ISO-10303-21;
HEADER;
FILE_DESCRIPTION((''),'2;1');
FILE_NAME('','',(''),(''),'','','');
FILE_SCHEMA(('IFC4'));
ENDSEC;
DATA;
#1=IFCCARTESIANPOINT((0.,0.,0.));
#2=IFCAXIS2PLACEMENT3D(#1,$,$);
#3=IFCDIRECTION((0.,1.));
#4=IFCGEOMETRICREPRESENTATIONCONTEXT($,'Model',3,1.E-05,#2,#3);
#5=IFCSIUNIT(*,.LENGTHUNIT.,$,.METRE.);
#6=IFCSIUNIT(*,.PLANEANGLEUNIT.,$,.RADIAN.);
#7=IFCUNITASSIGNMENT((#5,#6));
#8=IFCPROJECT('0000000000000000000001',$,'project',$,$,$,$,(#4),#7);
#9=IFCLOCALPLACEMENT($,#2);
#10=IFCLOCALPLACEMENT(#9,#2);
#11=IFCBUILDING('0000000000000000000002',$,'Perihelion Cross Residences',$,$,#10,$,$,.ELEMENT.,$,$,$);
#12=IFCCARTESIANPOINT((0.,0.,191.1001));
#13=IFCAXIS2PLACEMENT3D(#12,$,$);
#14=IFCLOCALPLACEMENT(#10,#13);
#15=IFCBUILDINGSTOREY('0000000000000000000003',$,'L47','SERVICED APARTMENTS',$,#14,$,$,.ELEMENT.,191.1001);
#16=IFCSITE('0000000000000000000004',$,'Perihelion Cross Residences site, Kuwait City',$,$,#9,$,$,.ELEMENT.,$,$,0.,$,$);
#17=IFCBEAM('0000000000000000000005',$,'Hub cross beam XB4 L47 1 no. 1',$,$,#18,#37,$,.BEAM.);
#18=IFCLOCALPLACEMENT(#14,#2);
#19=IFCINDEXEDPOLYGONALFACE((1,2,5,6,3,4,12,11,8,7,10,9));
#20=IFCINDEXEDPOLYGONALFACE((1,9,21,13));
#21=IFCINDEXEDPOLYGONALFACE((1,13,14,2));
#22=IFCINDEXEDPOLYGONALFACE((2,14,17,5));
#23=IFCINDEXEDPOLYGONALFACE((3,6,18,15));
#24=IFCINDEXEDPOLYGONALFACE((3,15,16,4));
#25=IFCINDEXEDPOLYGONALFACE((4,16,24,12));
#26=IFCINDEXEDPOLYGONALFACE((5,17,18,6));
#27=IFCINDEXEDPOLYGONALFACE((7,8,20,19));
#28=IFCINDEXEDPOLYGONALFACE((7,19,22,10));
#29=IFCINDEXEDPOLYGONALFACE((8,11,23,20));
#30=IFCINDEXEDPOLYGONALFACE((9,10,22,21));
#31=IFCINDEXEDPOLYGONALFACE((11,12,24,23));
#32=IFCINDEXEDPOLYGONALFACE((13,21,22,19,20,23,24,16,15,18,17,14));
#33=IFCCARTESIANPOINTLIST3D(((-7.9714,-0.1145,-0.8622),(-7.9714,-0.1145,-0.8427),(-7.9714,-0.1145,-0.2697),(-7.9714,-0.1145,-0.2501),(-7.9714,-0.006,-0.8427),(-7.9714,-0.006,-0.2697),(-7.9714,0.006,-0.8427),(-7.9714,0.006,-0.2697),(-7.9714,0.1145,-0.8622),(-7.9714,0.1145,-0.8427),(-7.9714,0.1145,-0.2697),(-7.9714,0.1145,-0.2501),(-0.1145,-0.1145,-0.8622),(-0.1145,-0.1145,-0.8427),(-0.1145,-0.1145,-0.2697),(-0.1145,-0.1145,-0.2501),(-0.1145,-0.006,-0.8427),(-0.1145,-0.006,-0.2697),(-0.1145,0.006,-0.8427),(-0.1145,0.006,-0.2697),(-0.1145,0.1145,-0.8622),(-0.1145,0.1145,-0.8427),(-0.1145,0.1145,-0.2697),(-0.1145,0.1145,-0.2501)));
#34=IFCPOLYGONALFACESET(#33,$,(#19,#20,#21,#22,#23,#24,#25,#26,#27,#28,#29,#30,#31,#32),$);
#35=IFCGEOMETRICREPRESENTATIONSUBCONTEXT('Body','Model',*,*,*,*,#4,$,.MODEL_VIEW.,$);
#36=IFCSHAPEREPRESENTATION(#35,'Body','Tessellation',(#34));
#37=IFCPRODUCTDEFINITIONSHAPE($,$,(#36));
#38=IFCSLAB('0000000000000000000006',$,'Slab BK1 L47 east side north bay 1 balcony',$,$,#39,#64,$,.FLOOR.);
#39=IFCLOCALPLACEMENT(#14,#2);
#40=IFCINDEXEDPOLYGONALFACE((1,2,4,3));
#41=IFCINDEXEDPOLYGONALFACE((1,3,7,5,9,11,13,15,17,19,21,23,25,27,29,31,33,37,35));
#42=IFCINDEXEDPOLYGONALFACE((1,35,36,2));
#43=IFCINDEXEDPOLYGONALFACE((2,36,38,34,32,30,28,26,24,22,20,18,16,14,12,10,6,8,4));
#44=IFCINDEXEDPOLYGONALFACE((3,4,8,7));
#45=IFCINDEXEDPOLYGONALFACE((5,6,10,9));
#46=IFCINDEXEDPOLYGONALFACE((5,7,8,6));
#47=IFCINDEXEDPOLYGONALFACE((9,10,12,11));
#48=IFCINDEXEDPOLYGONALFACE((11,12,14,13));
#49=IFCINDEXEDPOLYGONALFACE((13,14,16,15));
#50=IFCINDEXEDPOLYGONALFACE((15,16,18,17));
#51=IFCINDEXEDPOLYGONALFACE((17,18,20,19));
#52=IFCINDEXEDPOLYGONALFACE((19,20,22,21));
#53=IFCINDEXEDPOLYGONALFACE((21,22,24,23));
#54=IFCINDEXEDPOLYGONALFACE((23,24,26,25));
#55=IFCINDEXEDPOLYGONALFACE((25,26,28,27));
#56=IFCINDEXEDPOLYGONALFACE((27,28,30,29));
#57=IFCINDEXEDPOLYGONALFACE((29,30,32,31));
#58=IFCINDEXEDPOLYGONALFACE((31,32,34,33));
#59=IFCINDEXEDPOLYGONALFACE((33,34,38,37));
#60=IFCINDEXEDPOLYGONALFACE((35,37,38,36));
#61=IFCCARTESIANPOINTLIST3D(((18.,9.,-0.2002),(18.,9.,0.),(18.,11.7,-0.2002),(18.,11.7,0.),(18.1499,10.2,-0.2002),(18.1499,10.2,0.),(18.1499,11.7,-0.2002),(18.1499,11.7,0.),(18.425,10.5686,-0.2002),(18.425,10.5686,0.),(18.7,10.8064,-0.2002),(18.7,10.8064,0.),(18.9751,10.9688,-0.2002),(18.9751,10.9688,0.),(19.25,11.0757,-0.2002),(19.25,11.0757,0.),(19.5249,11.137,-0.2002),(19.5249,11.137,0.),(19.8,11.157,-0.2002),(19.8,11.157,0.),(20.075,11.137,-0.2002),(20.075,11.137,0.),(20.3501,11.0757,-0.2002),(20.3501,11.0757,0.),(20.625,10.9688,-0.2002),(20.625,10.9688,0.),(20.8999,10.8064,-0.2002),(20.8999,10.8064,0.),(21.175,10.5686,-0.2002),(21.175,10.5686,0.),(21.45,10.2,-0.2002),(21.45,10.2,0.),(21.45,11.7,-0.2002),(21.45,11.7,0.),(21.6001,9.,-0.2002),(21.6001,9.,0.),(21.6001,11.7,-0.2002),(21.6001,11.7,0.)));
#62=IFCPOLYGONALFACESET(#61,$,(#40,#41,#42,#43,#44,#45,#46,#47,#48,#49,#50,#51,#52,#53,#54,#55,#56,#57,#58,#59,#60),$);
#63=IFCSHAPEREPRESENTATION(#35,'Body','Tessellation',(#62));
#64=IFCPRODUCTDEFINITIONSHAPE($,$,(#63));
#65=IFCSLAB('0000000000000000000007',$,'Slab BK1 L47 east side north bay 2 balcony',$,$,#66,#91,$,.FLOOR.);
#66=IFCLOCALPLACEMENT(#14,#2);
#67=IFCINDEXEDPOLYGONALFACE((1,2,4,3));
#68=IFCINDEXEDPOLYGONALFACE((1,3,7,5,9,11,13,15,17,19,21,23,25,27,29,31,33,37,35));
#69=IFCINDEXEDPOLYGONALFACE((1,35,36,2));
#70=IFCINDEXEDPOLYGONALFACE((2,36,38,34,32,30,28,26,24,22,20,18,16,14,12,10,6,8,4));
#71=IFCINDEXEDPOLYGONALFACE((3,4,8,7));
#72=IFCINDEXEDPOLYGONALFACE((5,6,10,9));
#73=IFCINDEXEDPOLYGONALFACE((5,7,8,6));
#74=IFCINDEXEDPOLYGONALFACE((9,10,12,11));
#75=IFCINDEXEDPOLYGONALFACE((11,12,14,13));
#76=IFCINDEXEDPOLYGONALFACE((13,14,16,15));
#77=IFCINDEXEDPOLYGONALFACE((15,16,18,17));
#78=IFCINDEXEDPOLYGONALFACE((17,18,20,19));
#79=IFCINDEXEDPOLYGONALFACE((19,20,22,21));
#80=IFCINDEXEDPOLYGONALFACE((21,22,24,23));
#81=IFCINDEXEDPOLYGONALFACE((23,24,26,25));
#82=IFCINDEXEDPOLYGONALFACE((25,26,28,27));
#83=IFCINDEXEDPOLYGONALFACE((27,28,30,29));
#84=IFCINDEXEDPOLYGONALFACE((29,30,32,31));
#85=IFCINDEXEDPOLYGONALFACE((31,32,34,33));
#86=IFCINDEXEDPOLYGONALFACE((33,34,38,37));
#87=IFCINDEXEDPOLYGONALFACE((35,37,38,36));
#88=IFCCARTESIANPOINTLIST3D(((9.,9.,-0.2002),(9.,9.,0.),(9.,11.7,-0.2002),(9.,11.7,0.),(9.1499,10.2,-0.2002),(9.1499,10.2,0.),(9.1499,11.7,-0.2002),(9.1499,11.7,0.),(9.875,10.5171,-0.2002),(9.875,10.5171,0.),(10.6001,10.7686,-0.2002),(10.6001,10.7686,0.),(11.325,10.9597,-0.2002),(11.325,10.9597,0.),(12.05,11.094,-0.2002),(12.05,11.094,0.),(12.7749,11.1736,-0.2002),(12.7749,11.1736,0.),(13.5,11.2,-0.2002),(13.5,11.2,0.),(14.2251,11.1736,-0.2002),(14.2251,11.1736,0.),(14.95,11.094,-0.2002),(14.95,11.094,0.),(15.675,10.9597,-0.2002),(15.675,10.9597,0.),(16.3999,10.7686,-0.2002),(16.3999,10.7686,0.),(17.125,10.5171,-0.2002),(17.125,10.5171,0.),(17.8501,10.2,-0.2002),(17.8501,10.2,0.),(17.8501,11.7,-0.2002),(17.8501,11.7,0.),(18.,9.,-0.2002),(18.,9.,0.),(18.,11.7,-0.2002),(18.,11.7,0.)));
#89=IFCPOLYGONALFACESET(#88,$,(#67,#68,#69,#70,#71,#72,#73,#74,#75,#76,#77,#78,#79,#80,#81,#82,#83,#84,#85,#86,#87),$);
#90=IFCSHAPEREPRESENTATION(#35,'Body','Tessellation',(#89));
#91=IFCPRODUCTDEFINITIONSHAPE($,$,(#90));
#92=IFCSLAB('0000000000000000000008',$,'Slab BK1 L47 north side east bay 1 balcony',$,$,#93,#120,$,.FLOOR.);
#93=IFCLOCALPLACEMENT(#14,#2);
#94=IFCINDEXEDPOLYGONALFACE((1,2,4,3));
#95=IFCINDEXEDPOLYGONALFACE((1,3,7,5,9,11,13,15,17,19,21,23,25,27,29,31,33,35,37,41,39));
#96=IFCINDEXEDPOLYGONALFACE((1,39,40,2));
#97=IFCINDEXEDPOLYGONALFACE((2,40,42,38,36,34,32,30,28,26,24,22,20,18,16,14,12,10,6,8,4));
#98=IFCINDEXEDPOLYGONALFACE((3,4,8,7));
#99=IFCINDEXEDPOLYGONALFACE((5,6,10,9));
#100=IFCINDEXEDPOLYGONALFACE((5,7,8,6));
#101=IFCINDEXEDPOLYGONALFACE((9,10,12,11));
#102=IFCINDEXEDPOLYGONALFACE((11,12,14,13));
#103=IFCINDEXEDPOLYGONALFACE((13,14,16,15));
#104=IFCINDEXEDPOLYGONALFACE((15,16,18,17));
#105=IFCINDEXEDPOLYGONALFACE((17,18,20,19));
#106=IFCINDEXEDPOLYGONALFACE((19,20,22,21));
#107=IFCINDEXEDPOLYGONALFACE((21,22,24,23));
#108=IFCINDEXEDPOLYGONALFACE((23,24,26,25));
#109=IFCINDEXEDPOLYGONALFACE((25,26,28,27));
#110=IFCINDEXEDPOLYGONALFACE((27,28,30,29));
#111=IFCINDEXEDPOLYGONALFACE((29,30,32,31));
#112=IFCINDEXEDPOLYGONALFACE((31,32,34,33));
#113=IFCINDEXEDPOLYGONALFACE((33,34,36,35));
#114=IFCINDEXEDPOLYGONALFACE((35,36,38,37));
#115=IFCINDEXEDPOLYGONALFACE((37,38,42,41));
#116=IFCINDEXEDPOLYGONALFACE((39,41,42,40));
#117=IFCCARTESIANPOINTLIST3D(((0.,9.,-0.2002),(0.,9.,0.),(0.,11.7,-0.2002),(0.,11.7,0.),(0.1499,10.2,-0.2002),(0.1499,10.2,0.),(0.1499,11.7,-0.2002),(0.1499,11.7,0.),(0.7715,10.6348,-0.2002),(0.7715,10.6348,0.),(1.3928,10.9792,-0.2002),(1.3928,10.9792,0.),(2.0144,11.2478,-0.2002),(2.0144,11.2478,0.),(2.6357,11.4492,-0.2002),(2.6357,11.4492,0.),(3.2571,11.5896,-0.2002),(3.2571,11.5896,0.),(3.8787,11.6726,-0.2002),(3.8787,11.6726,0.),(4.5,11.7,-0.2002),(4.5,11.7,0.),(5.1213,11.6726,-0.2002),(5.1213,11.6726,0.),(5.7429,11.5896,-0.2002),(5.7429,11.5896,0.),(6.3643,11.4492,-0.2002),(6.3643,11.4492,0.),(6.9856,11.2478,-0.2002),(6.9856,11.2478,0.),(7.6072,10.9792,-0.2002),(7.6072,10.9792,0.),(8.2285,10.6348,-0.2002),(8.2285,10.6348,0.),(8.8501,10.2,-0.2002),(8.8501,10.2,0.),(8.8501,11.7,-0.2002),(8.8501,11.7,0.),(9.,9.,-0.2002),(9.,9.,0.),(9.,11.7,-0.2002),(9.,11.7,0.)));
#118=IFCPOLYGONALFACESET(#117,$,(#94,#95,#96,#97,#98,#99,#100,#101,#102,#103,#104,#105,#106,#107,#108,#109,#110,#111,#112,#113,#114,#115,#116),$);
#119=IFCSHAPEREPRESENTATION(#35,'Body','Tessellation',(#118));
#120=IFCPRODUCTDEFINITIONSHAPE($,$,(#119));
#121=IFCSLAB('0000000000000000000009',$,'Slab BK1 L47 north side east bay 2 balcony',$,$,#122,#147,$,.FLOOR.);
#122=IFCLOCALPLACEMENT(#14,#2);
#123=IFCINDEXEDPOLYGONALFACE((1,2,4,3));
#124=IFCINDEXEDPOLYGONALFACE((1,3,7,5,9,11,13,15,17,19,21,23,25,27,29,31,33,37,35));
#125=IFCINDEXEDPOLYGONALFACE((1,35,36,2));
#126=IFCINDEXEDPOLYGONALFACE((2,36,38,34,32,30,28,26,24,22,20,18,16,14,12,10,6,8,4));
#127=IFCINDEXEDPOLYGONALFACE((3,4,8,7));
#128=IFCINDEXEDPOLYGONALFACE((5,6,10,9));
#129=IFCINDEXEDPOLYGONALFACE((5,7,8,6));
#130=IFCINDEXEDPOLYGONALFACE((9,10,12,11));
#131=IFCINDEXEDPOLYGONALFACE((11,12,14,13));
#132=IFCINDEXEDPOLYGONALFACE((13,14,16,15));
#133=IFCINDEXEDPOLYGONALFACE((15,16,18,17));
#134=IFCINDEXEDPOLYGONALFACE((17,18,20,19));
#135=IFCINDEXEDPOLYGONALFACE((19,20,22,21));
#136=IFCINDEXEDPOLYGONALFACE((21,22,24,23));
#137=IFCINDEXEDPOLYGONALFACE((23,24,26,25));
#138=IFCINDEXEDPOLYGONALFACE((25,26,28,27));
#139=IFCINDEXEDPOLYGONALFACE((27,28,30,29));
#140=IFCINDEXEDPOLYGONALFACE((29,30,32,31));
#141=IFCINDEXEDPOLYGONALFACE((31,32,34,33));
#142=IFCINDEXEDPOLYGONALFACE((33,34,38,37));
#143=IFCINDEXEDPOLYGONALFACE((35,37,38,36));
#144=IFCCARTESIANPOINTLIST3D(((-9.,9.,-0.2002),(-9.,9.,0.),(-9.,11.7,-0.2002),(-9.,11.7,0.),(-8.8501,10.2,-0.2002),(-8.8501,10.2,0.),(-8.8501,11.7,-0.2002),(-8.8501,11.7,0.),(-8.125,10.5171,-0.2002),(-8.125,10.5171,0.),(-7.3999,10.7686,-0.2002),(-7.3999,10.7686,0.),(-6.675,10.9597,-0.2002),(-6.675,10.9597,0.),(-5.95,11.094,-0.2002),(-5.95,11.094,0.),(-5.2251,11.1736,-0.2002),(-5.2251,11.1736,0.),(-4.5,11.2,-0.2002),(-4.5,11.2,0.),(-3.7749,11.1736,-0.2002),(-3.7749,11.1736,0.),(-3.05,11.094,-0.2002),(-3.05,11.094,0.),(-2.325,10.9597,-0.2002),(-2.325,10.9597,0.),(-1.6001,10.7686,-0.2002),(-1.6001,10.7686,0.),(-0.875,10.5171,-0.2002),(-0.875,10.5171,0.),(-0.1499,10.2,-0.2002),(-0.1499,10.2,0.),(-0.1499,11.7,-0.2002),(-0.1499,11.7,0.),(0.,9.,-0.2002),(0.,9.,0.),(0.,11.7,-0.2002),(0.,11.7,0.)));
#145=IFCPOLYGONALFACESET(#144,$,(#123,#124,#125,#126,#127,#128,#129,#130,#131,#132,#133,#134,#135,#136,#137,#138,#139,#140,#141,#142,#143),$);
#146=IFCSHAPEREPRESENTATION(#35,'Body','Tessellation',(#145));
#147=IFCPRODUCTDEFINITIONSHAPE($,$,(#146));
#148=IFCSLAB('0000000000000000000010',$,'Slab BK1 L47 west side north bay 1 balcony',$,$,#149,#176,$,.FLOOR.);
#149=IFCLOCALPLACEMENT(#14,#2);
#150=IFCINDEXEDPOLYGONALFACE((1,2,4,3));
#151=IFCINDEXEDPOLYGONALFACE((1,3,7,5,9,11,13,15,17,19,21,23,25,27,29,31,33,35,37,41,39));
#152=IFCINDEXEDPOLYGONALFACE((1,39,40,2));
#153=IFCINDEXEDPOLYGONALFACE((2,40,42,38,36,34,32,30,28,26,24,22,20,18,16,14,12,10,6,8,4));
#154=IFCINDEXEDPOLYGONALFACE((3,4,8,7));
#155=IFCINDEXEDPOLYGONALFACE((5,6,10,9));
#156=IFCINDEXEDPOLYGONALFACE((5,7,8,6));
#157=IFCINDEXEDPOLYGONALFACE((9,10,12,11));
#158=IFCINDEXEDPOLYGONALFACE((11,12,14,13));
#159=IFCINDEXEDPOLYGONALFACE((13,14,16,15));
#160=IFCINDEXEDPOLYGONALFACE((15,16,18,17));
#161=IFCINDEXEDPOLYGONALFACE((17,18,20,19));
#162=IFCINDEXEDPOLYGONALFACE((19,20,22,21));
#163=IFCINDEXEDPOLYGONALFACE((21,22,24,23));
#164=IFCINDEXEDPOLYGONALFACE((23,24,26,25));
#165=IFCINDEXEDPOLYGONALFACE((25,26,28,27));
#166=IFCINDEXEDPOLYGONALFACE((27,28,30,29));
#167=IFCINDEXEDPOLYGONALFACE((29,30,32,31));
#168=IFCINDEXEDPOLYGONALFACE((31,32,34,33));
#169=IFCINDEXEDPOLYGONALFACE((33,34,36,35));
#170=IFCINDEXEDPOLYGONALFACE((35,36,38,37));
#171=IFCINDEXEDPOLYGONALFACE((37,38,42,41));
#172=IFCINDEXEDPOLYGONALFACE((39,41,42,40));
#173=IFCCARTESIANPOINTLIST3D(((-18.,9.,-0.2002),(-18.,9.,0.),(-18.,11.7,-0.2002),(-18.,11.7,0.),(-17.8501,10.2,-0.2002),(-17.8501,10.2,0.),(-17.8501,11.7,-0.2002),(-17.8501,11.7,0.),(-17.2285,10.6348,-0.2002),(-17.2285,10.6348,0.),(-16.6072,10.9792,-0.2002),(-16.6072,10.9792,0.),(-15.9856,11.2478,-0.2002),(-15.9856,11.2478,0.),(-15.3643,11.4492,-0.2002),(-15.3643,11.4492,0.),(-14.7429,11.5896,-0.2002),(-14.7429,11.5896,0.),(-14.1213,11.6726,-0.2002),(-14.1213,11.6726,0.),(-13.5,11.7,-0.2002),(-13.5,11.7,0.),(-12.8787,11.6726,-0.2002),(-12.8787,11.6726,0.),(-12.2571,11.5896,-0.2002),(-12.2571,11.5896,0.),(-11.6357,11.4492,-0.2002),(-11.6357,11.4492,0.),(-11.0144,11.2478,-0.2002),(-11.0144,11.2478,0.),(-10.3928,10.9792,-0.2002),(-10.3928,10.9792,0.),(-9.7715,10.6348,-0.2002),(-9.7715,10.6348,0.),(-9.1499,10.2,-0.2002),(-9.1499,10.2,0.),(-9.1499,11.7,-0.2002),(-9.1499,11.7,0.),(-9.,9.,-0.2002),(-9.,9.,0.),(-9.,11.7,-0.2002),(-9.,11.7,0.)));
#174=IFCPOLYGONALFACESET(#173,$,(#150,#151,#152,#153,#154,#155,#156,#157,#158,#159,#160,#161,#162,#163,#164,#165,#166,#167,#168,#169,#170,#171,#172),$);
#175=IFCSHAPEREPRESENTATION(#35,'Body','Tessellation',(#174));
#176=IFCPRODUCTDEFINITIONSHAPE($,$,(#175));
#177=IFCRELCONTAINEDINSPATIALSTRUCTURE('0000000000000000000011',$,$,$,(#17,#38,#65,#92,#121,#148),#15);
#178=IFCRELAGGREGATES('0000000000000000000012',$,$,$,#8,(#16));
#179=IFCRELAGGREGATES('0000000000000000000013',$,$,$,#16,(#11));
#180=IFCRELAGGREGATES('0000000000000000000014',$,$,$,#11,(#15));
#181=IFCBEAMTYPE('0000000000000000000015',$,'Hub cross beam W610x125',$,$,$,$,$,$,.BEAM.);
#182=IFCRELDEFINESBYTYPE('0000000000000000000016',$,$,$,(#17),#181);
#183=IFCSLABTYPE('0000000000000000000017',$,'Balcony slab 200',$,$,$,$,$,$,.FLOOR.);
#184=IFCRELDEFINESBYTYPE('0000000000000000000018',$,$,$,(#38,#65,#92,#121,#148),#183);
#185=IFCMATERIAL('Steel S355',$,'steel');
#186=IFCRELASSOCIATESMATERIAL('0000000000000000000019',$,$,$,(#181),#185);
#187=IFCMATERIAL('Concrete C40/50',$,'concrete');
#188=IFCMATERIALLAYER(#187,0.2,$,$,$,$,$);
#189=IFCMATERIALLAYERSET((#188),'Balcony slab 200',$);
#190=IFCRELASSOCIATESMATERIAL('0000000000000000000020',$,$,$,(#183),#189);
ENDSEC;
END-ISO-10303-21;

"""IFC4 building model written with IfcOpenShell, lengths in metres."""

from ifc_helpers import new_model, si_unit, direction, frame, origin, origin_2d, place, context, subcontext, project, spatial, polyline, i_section, outline, extrude, material, layer, layer_set, material_profile, profile_set, type_object, element, save


model = new_model("IFC4")

# Units and contexts
model_context = context("Model", 3, precision=1e-05, world=origin(), true_north=direction((0.0, 1.0)))
body_context = subcontext(model_context, "Body", "Model", "MODEL_VIEW")
ifc_project = project(units=[si_unit("LENGTHUNIT", "METRE"), si_unit("PLANEANGLEUNIT", "RADIAN")], contexts=[model_context])

# Site, building, storey
site_placement = place(None, origin())
site = spatial("IfcSite", under=ifc_project, at=site_placement, Name="Perihelion Cross Residences site, Kuwait City", CompositionType="ELEMENT", RefElevation=0.0)
building_placement = place(site_placement, origin())
building = spatial("IfcBuilding", under=site, at=building_placement, Name="Perihelion Cross Residences", CompositionType="ELEMENT")
storey_placement = place(building_placement, frame((0.0, 0.0, 191.1001)))
storey = spatial("IfcBuildingStorey", under=building, at=storey_placement, Name="L47", Description="SERVICED APARTMENTS", CompositionType="ELEMENT", Elevation=191.1001)

# Beam
ifc_material_1 = material(Name="Steel S355", Category="steel")
ifc_material_profile = material_profile(ifc_material_1, i_section(OverallWidth=0.229, OverallDepth=0.6121, WebThickness=0.012, FlangeThickness=0.0195, at=origin_2d()), Name="W610x125")
ifc_profile_set = profile_set([ifc_material_profile], Name="Steel S355")
beam_type = type_object("IfcBeamType", Name="Hub cross beam W610x125", PredefinedType="BEAM", material=ifc_profile_set)
beam_placement = place(storey_placement, frame((-7.9714, 0.0, -0.5562), z_axis=(1.0, 0.0, 0.0), x_axis=(0.0, 1.0, 0.0)))
element("IfcBeam", 1, at=beam_placement, inside=storey, type_object=beam_type, Name="Hub cross beam XB4 L47 1 no. 1", PredefinedType="BEAM", context=body_context, shape_type="SweptSolid", body=[
    extrude(i_section(OverallWidth=0.229, OverallDepth=0.6121, WebThickness=0.012, FlangeThickness=0.0195, at=origin_2d()), origin(), (0.0, 0.0, 1.0), 7.8569),
])

# Slabs
ifc_material_2 = material(Name="Concrete C40/50", Category="concrete")
ifc_layer_1 = layer(ifc_material_2, 0.2)
ifc_layer_set_1 = layer_set([ifc_layer_1], Name="Balcony slab 200")
slab_type_1 = type_object("IfcSlabType", Name="Balcony slab 200", PredefinedType="FLOOR", material=ifc_layer_set_1)
slab_1_placement = place(storey_placement, frame((0.0, 0.0, -0.2002)))
element("IfcSlab", 2, at=slab_1_placement, inside=storey, type_object=slab_type_1, Name="Slab BK1 L47 east side north bay 1 balcony", PredefinedType="FLOOR", context=body_context, shape_type="SweptSolid", body=[
    extrude(outline(polyline([(21.6001, 9.0), (18.0, 9.0), (18.0, 11.7), (18.1499, 11.7), (18.1499, 10.2), (18.425, 10.5686), (18.7, 10.8064), (18.9751, 10.9688), (19.25, 11.0757), (19.5249, 11.137), (19.8, 11.157), (20.075, 11.137), (20.3501, 11.0757), (20.625, 10.9688), (20.8999, 10.8064), (21.175, 10.5686), (21.45, 10.2), (21.45, 11.7), (21.6001, 11.7), (21.6001, 9.0)])), origin(), (0.0, 0.0, 1.0), 0.2002),
])
slab_2_placement = place(storey_placement, frame((0.0, 0.0, -0.2002)))
element("IfcSlab", 3, at=slab_2_placement, inside=storey, type_object=slab_type_1, Name="Slab BK1 L47 east side north bay 2 balcony", PredefinedType="FLOOR", context=body_context, shape_type="SweptSolid", body=[
    extrude(outline(polyline([(18.0, 9.0), (9.0, 9.0), (9.0, 11.7), (9.1499, 11.7), (9.1499, 10.2), (9.875, 10.5171), (10.6001, 10.7686), (11.325, 10.9597), (12.05, 11.094), (12.7749, 11.1736), (13.5, 11.2), (14.2251, 11.1736), (14.95, 11.094), (15.675, 10.9597), (16.3999, 10.7686), (17.125, 10.5171), (17.8501, 10.2), (17.8501, 11.7), (18.0, 11.7), (18.0, 9.0)])), origin(), (0.0, 0.0, 1.0), 0.2002),
])
slab_3_placement = place(storey_placement, frame((0.0, 0.0, -0.2002)))
element("IfcSlab", 4, at=slab_3_placement, inside=storey, type_object=slab_type_1, Name="Slab BK1 L47 north side east bay 1 balcony", PredefinedType="FLOOR", context=body_context, shape_type="SweptSolid", body=[
    extrude(outline(polyline([(9.0, 9.0), (0.0, 9.0), (0.0, 11.7), (0.1499, 11.7), (0.1499, 10.2), (0.7715, 10.6348), (1.3928, 10.9792), (2.0144, 11.2478), (2.6357, 11.4492), (3.2571, 11.5896), (3.8787, 11.6726), (4.5, 11.7), (5.1213, 11.6726), (5.7429, 11.5896), (6.3643, 11.4492), (6.9856, 11.2478), (7.6072, 10.9792), (8.2285, 10.6348), (8.8501, 10.2), (8.8501, 11.7), (9.0, 11.7), (9.0, 9.0)])), origin(), (0.0, 0.0, 1.0), 0.2002),
])
slab_4_placement = place(storey_placement, frame((0.0, 0.0, -0.2002)))
element("IfcSlab", 5, at=slab_4_placement, inside=storey, type_object=slab_type_1, Name="Slab BK1 L47 north side east bay 2 balcony", PredefinedType="FLOOR", context=body_context, shape_type="SweptSolid", body=[
    extrude(outline(polyline([(0.0, 9.0), (-9.0, 9.0), (-9.0, 11.7), (-8.8501, 11.7), (-8.8501, 10.2), (-8.125, 10.5171), (-7.3999, 10.7686), (-6.675, 10.9597), (-5.95, 11.094), (-5.2251, 11.1736), (-4.5, 11.2), (-3.7749, 11.1736), (-3.05, 11.094), (-2.325, 10.9597), (-1.6001, 10.7686), (-0.875, 10.5171), (-0.1499, 10.2), (-0.1499, 11.7), (0.0, 11.7), (0.0, 9.0)])), origin(), (0.0, 0.0, 1.0), 0.2002),
])
slab_5_placement = place(storey_placement, frame((0.0, 0.0, -0.2002)))
element("IfcSlab", 6, at=slab_5_placement, inside=storey, type_object=slab_type_1, Name="Slab BK1 L47 west side north bay 1 balcony", PredefinedType="FLOOR", context=body_context, shape_type="SweptSolid", body=[
    extrude(outline(polyline([(-9.0, 9.0), (-18.0, 9.0), (-18.0, 11.7), (-17.8501, 11.7), (-17.8501, 10.2), (-17.2285, 10.6348), (-16.6072, 10.9792), (-15.9856, 11.2478), (-15.3643, 11.4492), (-14.7429, 11.5896), (-14.1213, 11.6726), (-13.5, 11.7), (-12.8787, 11.6726), (-12.2571, 11.5896), (-11.6357, 11.4492), (-11.0144, 11.2478), (-10.3928, 10.9792), (-9.7715, 10.6348), (-9.1499, 10.2), (-9.1499, 11.7), (-9.0, 11.7), (-9.0, 9.0)])), origin(), (0.0, 0.0, 1.0), 0.2002),
])

save(model, "model.ifc")
